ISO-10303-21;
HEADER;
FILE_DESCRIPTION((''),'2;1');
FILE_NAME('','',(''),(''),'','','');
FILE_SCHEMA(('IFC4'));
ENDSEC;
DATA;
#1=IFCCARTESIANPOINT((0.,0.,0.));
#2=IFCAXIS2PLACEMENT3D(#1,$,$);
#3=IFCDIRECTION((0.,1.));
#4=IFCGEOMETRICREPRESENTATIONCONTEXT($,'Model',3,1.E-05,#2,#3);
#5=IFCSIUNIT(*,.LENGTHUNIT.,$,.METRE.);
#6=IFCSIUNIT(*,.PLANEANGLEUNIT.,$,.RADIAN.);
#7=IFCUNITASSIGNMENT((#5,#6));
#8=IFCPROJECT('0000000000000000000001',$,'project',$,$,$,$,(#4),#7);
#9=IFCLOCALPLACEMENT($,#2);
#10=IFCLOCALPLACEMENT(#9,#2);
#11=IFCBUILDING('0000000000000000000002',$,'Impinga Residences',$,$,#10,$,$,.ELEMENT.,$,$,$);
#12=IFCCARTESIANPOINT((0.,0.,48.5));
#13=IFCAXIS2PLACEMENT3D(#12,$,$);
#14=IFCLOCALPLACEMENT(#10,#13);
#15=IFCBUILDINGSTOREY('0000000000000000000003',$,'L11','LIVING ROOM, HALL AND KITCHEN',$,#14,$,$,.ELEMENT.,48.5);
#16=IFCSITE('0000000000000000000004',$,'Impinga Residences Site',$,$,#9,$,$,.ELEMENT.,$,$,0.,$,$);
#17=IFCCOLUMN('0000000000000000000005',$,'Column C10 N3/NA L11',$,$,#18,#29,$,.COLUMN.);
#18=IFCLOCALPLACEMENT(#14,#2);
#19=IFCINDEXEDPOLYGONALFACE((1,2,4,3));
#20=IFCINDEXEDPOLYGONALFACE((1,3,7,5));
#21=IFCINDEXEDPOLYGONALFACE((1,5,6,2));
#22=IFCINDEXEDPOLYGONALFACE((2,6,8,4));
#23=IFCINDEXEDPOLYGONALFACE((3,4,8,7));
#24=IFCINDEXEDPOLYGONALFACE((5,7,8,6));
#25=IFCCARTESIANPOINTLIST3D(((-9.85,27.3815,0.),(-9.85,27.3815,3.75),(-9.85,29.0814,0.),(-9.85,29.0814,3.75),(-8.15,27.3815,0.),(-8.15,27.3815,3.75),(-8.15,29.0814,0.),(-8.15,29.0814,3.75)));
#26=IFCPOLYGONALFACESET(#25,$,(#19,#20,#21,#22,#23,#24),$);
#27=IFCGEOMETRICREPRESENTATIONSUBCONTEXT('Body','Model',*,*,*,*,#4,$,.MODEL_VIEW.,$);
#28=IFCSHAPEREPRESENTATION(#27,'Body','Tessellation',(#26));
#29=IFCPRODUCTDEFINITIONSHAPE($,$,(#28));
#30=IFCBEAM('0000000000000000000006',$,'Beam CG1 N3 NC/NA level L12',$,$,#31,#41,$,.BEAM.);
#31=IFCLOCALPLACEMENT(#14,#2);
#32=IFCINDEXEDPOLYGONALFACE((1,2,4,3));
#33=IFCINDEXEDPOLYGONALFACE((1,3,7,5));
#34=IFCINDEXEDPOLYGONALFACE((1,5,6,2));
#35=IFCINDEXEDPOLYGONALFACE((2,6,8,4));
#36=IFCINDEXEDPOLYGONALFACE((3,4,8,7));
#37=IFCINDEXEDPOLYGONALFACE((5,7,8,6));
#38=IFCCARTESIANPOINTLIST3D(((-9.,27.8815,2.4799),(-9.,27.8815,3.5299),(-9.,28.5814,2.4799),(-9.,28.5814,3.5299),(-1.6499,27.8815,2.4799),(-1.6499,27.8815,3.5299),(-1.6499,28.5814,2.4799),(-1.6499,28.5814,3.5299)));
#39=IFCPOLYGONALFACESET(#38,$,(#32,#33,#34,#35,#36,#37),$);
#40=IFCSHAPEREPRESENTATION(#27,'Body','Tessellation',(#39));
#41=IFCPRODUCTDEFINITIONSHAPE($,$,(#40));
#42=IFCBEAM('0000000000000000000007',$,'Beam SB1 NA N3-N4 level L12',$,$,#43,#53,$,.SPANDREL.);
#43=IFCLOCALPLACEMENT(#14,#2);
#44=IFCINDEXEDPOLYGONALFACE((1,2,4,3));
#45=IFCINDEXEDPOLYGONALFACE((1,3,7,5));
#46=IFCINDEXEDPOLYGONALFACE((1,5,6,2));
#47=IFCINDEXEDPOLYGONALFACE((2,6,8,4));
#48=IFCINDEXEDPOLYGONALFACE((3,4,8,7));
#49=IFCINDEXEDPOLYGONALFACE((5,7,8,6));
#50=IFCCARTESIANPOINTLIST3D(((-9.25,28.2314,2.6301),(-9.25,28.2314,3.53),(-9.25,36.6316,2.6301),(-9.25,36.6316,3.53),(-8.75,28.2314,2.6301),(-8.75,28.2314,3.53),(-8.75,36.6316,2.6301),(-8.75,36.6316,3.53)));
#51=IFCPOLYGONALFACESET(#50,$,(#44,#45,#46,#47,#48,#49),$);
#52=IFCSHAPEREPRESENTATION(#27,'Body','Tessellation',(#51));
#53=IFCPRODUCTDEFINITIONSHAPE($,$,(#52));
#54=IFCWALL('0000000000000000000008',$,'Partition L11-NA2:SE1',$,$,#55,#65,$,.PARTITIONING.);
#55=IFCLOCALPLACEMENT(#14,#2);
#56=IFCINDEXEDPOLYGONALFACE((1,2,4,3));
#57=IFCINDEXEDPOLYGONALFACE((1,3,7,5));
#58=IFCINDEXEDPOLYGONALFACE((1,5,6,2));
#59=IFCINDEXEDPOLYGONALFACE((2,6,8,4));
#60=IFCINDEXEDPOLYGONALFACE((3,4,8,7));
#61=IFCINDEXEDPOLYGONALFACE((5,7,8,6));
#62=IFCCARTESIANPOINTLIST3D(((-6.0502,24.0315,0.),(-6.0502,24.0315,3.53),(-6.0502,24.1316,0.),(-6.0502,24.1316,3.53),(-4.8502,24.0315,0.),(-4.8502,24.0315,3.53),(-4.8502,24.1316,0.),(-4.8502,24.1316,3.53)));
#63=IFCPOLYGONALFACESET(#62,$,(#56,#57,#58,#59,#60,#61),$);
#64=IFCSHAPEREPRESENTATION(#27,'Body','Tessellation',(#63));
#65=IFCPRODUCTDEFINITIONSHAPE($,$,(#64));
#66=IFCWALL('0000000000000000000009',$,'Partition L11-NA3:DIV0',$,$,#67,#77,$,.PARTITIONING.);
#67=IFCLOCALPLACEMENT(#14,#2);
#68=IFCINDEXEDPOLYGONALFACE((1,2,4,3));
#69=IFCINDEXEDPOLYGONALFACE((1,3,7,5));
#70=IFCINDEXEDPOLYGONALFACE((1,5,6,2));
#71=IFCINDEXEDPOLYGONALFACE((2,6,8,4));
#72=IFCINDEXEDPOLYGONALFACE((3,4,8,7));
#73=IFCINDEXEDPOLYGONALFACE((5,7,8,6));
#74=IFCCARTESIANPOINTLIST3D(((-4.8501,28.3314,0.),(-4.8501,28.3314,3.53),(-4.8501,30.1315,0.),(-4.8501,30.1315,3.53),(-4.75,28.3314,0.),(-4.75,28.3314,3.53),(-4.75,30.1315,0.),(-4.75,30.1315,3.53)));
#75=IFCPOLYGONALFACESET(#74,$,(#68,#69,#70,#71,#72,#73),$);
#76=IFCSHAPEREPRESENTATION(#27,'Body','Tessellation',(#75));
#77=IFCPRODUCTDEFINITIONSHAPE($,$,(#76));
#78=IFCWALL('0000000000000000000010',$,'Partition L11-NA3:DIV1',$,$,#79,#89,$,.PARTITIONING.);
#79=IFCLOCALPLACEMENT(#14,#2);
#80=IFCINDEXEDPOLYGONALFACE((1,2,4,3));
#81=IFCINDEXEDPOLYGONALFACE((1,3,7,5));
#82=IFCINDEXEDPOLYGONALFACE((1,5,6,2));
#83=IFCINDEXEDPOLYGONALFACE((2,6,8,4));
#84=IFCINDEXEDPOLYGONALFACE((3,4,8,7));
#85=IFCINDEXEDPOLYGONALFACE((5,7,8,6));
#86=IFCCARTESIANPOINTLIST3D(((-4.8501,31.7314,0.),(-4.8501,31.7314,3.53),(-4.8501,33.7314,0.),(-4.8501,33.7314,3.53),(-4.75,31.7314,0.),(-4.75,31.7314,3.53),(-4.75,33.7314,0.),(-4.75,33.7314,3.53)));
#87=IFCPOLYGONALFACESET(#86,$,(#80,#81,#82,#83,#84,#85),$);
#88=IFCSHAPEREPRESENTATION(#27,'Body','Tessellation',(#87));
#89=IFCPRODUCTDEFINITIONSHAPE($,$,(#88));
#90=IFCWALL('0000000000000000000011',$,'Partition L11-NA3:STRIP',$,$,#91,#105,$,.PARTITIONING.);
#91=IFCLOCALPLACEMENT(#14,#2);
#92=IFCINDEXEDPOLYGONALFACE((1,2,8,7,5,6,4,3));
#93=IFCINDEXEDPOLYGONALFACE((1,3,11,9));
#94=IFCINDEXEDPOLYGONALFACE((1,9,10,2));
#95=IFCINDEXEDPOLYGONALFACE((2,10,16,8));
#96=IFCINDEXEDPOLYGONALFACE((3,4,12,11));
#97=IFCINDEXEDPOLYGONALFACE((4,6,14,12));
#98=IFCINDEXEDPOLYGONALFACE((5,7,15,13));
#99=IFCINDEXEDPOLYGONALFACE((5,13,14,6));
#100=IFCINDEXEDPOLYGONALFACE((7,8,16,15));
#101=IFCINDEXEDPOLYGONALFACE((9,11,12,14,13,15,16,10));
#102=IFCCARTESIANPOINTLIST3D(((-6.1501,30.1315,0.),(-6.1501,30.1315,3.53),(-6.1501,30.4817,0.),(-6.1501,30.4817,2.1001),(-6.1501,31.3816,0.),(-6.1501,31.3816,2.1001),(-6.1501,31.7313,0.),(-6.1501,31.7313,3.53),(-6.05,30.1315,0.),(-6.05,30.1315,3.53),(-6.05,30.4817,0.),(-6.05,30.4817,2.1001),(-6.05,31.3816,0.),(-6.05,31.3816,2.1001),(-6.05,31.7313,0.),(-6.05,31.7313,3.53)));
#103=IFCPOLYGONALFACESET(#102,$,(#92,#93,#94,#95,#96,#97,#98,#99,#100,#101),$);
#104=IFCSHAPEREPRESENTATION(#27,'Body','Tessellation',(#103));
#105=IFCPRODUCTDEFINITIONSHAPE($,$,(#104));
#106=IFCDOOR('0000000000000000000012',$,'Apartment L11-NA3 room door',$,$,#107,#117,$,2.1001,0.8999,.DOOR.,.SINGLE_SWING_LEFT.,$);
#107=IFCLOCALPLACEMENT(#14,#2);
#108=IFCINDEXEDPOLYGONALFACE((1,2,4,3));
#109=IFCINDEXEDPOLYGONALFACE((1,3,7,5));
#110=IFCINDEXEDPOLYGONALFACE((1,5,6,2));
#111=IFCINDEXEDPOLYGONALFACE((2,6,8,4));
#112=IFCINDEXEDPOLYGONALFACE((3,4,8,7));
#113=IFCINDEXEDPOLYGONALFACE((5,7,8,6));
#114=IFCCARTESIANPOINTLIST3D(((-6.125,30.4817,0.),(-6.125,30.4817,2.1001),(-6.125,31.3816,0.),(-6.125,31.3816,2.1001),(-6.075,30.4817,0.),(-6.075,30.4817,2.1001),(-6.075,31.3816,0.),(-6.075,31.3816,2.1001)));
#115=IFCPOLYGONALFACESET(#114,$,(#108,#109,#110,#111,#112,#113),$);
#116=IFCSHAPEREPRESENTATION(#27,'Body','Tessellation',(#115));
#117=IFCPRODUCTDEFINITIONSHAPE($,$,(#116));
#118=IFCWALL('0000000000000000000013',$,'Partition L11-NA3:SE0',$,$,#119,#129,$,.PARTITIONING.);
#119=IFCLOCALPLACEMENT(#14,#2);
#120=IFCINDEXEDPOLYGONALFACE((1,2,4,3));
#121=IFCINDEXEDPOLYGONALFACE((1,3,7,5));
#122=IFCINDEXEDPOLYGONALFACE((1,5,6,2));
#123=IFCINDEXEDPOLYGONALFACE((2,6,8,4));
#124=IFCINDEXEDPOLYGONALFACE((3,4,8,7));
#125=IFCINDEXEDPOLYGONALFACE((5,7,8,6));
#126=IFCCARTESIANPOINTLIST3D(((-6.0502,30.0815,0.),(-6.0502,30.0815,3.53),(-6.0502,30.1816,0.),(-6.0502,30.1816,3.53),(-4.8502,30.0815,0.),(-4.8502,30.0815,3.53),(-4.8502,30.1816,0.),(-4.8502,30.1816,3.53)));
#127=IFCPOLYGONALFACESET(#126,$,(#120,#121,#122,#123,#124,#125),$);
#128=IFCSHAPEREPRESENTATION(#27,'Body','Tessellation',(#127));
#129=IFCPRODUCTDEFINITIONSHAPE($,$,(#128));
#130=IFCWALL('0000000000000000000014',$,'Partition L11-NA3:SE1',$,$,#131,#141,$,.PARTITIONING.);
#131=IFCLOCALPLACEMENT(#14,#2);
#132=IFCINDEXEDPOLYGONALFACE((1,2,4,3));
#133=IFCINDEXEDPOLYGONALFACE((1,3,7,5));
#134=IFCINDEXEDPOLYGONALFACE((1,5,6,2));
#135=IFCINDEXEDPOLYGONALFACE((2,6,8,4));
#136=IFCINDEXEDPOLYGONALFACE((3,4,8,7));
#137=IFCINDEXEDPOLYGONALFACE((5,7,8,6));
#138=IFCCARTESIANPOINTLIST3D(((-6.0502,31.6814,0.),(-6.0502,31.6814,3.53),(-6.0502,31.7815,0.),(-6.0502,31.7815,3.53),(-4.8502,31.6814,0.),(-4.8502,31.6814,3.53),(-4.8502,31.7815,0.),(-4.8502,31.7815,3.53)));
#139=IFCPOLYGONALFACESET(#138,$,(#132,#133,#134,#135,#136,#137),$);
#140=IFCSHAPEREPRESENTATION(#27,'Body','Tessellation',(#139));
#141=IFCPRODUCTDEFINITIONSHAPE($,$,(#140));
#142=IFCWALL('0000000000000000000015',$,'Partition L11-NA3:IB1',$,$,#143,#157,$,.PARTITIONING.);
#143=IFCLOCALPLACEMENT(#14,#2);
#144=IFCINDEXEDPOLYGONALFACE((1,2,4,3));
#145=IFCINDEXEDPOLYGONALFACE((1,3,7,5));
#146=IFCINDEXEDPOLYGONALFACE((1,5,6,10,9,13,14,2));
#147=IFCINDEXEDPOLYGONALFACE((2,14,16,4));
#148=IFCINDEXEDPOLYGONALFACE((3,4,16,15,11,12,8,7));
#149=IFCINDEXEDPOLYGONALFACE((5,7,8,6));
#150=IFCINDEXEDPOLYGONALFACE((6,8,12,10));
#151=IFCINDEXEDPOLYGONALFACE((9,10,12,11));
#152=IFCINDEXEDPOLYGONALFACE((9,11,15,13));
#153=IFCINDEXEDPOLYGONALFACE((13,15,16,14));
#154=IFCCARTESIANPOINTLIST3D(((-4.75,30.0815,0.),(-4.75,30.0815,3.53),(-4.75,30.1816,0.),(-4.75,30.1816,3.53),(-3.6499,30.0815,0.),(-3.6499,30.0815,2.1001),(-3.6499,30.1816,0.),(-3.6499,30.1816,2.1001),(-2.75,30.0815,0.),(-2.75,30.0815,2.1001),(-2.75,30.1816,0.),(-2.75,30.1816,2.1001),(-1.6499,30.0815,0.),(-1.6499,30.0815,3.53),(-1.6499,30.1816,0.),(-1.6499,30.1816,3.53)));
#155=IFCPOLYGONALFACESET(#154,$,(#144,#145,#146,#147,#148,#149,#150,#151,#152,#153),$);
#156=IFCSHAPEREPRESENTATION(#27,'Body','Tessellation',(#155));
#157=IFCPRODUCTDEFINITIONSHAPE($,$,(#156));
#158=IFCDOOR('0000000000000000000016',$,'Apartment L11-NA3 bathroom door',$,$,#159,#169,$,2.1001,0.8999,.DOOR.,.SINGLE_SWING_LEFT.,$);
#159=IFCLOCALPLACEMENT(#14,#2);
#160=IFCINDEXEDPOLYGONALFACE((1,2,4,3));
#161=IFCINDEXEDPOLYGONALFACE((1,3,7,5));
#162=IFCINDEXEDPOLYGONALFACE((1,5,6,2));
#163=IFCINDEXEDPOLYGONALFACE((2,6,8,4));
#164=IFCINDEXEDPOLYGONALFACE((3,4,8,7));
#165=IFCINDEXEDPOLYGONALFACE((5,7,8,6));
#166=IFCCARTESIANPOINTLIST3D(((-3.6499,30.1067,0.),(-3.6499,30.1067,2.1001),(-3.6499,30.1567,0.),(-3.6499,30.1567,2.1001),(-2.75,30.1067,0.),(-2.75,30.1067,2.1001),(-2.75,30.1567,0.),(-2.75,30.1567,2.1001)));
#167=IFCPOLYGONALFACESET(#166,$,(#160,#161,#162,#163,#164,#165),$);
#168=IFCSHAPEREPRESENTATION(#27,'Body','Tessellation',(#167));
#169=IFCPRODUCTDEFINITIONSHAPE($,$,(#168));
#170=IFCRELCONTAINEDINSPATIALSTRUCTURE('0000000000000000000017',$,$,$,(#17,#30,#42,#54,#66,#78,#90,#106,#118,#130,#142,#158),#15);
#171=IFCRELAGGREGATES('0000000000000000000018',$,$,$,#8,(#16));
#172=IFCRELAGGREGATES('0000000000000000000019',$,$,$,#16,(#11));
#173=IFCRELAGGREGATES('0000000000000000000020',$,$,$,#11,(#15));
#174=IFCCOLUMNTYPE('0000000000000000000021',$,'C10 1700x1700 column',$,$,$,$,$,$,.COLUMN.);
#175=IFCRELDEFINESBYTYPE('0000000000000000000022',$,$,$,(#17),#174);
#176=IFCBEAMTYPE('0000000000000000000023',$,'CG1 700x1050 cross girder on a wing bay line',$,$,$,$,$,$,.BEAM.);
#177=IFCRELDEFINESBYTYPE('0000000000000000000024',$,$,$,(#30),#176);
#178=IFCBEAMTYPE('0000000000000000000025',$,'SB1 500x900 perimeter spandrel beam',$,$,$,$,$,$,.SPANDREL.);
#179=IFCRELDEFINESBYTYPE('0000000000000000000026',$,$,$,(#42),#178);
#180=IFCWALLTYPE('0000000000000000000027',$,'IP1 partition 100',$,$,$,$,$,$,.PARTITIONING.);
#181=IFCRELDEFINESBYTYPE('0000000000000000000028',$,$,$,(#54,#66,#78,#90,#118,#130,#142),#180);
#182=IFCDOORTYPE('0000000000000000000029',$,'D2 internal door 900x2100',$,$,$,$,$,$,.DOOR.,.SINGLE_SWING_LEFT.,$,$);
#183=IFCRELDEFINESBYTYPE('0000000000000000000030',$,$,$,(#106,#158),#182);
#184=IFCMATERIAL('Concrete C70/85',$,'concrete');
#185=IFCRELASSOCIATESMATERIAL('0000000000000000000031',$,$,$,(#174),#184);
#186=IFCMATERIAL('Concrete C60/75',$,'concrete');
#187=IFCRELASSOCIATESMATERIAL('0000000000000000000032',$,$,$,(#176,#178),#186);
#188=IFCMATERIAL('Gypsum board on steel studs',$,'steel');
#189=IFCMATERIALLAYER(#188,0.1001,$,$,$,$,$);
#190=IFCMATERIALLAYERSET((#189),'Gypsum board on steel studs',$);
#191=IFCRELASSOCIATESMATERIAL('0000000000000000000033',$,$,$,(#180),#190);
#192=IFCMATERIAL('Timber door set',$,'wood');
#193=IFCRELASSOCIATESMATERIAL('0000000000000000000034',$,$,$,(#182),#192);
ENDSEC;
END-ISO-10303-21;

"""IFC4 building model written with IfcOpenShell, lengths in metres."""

from ifc_helpers import new_model, si_unit, direction, frame, frame_2d, origin, origin_2d, place, context, subcontext, project, spatial, rectangle, extrude, material, layer, layer_set, material_profile, profile_set, type_object, element, fill, save


model = new_model("IFC4")

# Units and contexts
model_context = context("Model", 3, precision=1e-05, world=origin(), true_north=direction((0.0, 1.0)))
body_context = subcontext(model_context, "Body", "Model", "MODEL_VIEW")
ifc_project = project(units=[si_unit("LENGTHUNIT", "METRE"), si_unit("PLANEANGLEUNIT", "RADIAN")], contexts=[model_context])

# Site, building, storey
site_placement = place(None, origin())
site = spatial("IfcSite", under=ifc_project, at=site_placement, Name="Impinga Residences Site", CompositionType="ELEMENT", RefElevation=0.0)
building_placement = place(site_placement, origin())
building = spatial("IfcBuilding", under=site, at=building_placement, Name="Impinga Residences", CompositionType="ELEMENT")
storey_placement = place(building_placement, frame((0.0, 0.0, 48.5)))
storey = spatial("IfcBuildingStorey", under=building, at=storey_placement, Name="L11", Description="LIVING ROOM, HALL AND KITCHEN", CompositionType="ELEMENT", Elevation=48.5)

# Column
ifc_material_1 = material(Name="Concrete C70/85", Category="concrete")
ifc_material_profile_1 = material_profile(ifc_material_1, rectangle(XDim=1.7, YDim=1.7, at=origin_2d()), Name="RC 1700x1700")
ifc_profile_set_1 = profile_set([ifc_material_profile_1], Name="Concrete C70/85")
column_type = type_object("IfcColumnType", Name="C10 1700x1700 column", PredefinedType="COLUMN", material=ifc_profile_set_1)
column_placement = place(storey_placement, frame((-9.0, 28.2314, 0.0), z_axis=(0.0, 0.0, 1.0), x_axis=(1.0, 0.0, 0.0)))
element("IfcColumn", 1, at=column_placement, inside=storey, type_object=column_type, Name="Column C10 N3/NA L11", PredefinedType="COLUMN", context=body_context, shape_type="SweptSolid", body=[
    extrude(rectangle(XDim=1.7, YDim=1.7, at=origin_2d()), origin(), (0.0, 0.0, 1.0), 3.75),
])

# Beams
ifc_material_2 = material(Name="Concrete C60/75", Category="concrete")
ifc_material_profile_2 = material_profile(ifc_material_2, rectangle(XDim=0.7, YDim=1.05, at=origin_2d()), Name="RC 700x1050")
ifc_profile_set_2 = profile_set([ifc_material_profile_2], Name="Concrete C60/75")
beam_type_1 = type_object("IfcBeamType", Name="CG1 700x1050 cross girder on a wing bay line", PredefinedType="BEAM", material=ifc_profile_set_2)
beam_1_placement = place(storey_placement, frame((-1.6499, 28.2314, 3.0049), z_axis=(-1.0, 0.0, 0.0), x_axis=(0.0, -1.0, 0.0)))
element("IfcBeam", 2, at=beam_1_placement, inside=storey, type_object=beam_type_1, Name="Beam CG1 N3 NC/NA level L12", PredefinedType="BEAM", context=body_context, shape_type="SweptSolid", body=[
    extrude(rectangle(XDim=0.7, YDim=1.05, at=origin_2d()), origin(), (0.0, 0.0, 1.0), 7.3501),
])
ifc_material_profile_3 = material_profile(ifc_material_2, rectangle(XDim=0.5, YDim=0.8999, at=origin_2d()), Name="RC 500x900")
ifc_profile_set_3 = profile_set([ifc_material_profile_3], Name="Concrete C60/75")
beam_type_2 = type_object("IfcBeamType", Name="SB1 500x900 perimeter spandrel beam", PredefinedType="SPANDREL", material=ifc_profile_set_3)
beam_2_placement = place(storey_placement, frame((-9.0, 28.2314, 3.0801), z_axis=(0.0, 1.0, 0.0), x_axis=(-1.0, 0.0, 0.0)))
element("IfcBeam", 3, at=beam_2_placement, inside=storey, type_object=beam_type_2, Name="Beam SB1 NA N3-N4 level L12", PredefinedType="SPANDREL", context=body_context, shape_type="SweptSolid", body=[
    extrude(rectangle(XDim=0.5, YDim=0.8999, at=origin_2d()), origin(), (0.0, 0.0, 1.0), 8.4001),
])

# Walls
ifc_material_3 = material(Name="Gypsum board on steel studs", Category="steel")
ifc_layer_1 = layer(ifc_material_3, 0.1001)
ifc_layer_set_1 = layer_set([ifc_layer_1], Name="Gypsum board on steel studs")
wall_type_1 = type_object("IfcWallType", Name="IP1 partition 100", PredefinedType="PARTITIONING", material=ifc_layer_set_1)
wall_1_placement = place(storey_placement, frame((-4.8501, 24.0815, 0.0), z_axis=(0.0, 0.0, 1.0), x_axis=(-1.0, 0.0, 0.0)))
element("IfcWall", 4, at=wall_1_placement, inside=storey, type_object=wall_type_1, Name="Partition L11-NA2:SE1", PredefinedType="PARTITIONING", context=body_context, shape_type="SweptSolid", body=[
    extrude(rectangle(XDim=1.2, YDim=0.1001, at=frame_2d((0.6001, 0.0))), origin(), (0.0, 0.0, 1.0), 3.53),
])
wall_2_placement = place(storey_placement, frame((-4.8, 28.3315, 0.0), z_axis=(0.0, 0.0, 1.0), x_axis=(0.0, 1.0, 0.0)))
element("IfcWall", 5, at=wall_2_placement, inside=storey, type_object=wall_type_1, Name="Partition L11-NA3:DIV0", PredefinedType="PARTITIONING", context=body_context, shape_type="SweptSolid", body=[
    extrude(rectangle(XDim=1.8, YDim=0.1001, at=frame_2d((0.8999, 0.0))), origin(), (0.0, 0.0, 1.0), 3.53),
])
wall_3_placement = place(storey_placement, frame((-4.8, 31.7314, 0.0), z_axis=(0.0, 0.0, 1.0), x_axis=(0.0, 1.0, 0.0)))
element("IfcWall", 6, at=wall_3_placement, inside=storey, type_object=wall_type_1, Name="Partition L11-NA3:DIV1", PredefinedType="PARTITIONING", context=body_context, shape_type="SweptSolid", body=[
    extrude(rectangle(XDim=2.0, YDim=0.1001, at=frame_2d((1.0, 0.0))), origin(), (0.0, 0.0, 1.0), 3.53),
])

# Wall, opening, door
wall_4_placement = place(storey_placement, frame((-6.1001, 30.1316, 0.0), z_axis=(0.0, 0.0, 1.0), x_axis=(0.0, 1.0, 0.0)))
wall_4 = element("IfcWall", 7, at=wall_4_placement, inside=storey, type_object=wall_type_1, Name="Partition L11-NA3:STRIP", PredefinedType="PARTITIONING", context=body_context, shape_type="SweptSolid", body=[
    extrude(rectangle(XDim=1.5999, YDim=0.1001, at=frame_2d((0.7998, 0.0))), origin(), (0.0, 0.0, 1.0), 3.53),
])
opening_1_placement = place(wall_4_placement, frame((0.3501, 0.0, 0.0)))
opening_1 = element("IfcOpeningElement", 8, at=opening_1_placement, cuts=wall_4, PredefinedType="OPENING", context=body_context, shape_type="SweptSolid", body=[
    extrude(rectangle(XDim=0.8999, YDim=2.1001, at=frame_2d((0.45, 1.05))), frame((0.0, 0.0601, 0.0), z_axis=(0.0, -1.0, 0.0), x_axis=(1.0, 0.0, 0.0)), (0.0, 0.0, 1.0), 0.1201),
])
ifc_material_4 = material(Name="Timber door set", Category="wood")
door_type = type_object("IfcDoorType", Name="D2 internal door 900x2100", OperationType="SINGLE_SWING_LEFT", PredefinedType="DOOR", material=ifc_material_4)
door_1_placement = place(opening_1_placement, origin())
door_1 = element("IfcDoor", 9, at=door_1_placement, inside=storey, type_object=door_type, Name="Apartment L11-NA3 room door", OperationType="SINGLE_SWING_LEFT", OverallHeight=2.1001, OverallWidth=0.8999, PredefinedType="DOOR", context=body_context, shape_type="SweptSolid", body=[
    extrude(rectangle(XDim=0.8999, YDim=2.1001, at=frame_2d((0.45, 1.05))), frame((0.0, 0.0249, 0.0), z_axis=(0.0, -1.0, 0.0), x_axis=(1.0, 0.0, 0.0)), (0.0, 0.0, 1.0), 0.05),
])
fill(opening_1, door_1)

# Walls
for number, where, z_axis, x_axis, name in (
    (10, (-4.8501, 30.1316, 0.0), (0.0, 0.0, 1.0), (-1.0, 0.0, 0.0), "Partition L11-NA3:SE0"),
    (11, (-4.8501, 31.7314, 0.0), (0.0, 0.0, 1.0), (-1.0, 0.0, 0.0), "Partition L11-NA3:SE1"),
):
    element("IfcWall", number, at=place(storey_placement, frame(where, z_axis=z_axis, x_axis=x_axis)), inside=storey, type_object=wall_type_1, Name=name, PredefinedType="PARTITIONING", context=body_context, shape_type="SweptSolid", body=[
        extrude(rectangle(XDim=1.2, YDim=0.1001, at=frame_2d((0.6001, 0.0))), origin(), (0.0, 0.0, 1.0), 3.53),
    ])

# Wall, opening, door
wall_5_placement = place(storey_placement, frame((-1.6499, 30.1316, 0.0), z_axis=(0.0, 0.0, 1.0), x_axis=(-1.0, 0.0, 0.0)))
wall_5 = element("IfcWall", 12, at=wall_5_placement, inside=storey, type_object=wall_type_1, Name="Partition L11-NA3:IB1", PredefinedType="PARTITIONING", context=body_context, shape_type="SweptSolid", body=[
    extrude(rectangle(XDim=3.1001, YDim=0.1001, at=frame_2d((1.55, 0.0))), origin(), (0.0, 0.0, 1.0), 3.53),
])
opening_2_placement = place(wall_5_placement, frame((1.1001, 0.0, 0.0)))
opening_2 = element("IfcOpeningElement", 13, at=opening_2_placement, cuts=wall_5, PredefinedType="OPENING", context=body_context, shape_type="SweptSolid", body=[
    extrude(rectangle(XDim=0.8999, YDim=2.1001, at=frame_2d((0.45, 1.05))), frame((0.0, 0.0601, 0.0), z_axis=(0.0, -1.0, 0.0), x_axis=(1.0, 0.0, 0.0)), (0.0, 0.0, 1.0), 0.1201),
])
door_2_placement = place(opening_2_placement, origin())
door_2 = element("IfcDoor", 14, at=door_2_placement, inside=storey, type_object=door_type, Name="Apartment L11-NA3 bathroom door", OperationType="SINGLE_SWING_LEFT", OverallHeight=2.1001, OverallWidth=0.8999, PredefinedType="DOOR", context=body_context, shape_type="SweptSolid", body=[
    extrude(rectangle(XDim=0.8999, YDim=2.1001, at=frame_2d((0.45, 1.05))), frame((0.0, 0.0249, 0.0), z_axis=(0.0, -1.0, 0.0), x_axis=(1.0, 0.0, 0.0)), (0.0, 0.0, 1.0), 0.05),
])
fill(opening_2, door_2)

save(model, "model.ifc")
